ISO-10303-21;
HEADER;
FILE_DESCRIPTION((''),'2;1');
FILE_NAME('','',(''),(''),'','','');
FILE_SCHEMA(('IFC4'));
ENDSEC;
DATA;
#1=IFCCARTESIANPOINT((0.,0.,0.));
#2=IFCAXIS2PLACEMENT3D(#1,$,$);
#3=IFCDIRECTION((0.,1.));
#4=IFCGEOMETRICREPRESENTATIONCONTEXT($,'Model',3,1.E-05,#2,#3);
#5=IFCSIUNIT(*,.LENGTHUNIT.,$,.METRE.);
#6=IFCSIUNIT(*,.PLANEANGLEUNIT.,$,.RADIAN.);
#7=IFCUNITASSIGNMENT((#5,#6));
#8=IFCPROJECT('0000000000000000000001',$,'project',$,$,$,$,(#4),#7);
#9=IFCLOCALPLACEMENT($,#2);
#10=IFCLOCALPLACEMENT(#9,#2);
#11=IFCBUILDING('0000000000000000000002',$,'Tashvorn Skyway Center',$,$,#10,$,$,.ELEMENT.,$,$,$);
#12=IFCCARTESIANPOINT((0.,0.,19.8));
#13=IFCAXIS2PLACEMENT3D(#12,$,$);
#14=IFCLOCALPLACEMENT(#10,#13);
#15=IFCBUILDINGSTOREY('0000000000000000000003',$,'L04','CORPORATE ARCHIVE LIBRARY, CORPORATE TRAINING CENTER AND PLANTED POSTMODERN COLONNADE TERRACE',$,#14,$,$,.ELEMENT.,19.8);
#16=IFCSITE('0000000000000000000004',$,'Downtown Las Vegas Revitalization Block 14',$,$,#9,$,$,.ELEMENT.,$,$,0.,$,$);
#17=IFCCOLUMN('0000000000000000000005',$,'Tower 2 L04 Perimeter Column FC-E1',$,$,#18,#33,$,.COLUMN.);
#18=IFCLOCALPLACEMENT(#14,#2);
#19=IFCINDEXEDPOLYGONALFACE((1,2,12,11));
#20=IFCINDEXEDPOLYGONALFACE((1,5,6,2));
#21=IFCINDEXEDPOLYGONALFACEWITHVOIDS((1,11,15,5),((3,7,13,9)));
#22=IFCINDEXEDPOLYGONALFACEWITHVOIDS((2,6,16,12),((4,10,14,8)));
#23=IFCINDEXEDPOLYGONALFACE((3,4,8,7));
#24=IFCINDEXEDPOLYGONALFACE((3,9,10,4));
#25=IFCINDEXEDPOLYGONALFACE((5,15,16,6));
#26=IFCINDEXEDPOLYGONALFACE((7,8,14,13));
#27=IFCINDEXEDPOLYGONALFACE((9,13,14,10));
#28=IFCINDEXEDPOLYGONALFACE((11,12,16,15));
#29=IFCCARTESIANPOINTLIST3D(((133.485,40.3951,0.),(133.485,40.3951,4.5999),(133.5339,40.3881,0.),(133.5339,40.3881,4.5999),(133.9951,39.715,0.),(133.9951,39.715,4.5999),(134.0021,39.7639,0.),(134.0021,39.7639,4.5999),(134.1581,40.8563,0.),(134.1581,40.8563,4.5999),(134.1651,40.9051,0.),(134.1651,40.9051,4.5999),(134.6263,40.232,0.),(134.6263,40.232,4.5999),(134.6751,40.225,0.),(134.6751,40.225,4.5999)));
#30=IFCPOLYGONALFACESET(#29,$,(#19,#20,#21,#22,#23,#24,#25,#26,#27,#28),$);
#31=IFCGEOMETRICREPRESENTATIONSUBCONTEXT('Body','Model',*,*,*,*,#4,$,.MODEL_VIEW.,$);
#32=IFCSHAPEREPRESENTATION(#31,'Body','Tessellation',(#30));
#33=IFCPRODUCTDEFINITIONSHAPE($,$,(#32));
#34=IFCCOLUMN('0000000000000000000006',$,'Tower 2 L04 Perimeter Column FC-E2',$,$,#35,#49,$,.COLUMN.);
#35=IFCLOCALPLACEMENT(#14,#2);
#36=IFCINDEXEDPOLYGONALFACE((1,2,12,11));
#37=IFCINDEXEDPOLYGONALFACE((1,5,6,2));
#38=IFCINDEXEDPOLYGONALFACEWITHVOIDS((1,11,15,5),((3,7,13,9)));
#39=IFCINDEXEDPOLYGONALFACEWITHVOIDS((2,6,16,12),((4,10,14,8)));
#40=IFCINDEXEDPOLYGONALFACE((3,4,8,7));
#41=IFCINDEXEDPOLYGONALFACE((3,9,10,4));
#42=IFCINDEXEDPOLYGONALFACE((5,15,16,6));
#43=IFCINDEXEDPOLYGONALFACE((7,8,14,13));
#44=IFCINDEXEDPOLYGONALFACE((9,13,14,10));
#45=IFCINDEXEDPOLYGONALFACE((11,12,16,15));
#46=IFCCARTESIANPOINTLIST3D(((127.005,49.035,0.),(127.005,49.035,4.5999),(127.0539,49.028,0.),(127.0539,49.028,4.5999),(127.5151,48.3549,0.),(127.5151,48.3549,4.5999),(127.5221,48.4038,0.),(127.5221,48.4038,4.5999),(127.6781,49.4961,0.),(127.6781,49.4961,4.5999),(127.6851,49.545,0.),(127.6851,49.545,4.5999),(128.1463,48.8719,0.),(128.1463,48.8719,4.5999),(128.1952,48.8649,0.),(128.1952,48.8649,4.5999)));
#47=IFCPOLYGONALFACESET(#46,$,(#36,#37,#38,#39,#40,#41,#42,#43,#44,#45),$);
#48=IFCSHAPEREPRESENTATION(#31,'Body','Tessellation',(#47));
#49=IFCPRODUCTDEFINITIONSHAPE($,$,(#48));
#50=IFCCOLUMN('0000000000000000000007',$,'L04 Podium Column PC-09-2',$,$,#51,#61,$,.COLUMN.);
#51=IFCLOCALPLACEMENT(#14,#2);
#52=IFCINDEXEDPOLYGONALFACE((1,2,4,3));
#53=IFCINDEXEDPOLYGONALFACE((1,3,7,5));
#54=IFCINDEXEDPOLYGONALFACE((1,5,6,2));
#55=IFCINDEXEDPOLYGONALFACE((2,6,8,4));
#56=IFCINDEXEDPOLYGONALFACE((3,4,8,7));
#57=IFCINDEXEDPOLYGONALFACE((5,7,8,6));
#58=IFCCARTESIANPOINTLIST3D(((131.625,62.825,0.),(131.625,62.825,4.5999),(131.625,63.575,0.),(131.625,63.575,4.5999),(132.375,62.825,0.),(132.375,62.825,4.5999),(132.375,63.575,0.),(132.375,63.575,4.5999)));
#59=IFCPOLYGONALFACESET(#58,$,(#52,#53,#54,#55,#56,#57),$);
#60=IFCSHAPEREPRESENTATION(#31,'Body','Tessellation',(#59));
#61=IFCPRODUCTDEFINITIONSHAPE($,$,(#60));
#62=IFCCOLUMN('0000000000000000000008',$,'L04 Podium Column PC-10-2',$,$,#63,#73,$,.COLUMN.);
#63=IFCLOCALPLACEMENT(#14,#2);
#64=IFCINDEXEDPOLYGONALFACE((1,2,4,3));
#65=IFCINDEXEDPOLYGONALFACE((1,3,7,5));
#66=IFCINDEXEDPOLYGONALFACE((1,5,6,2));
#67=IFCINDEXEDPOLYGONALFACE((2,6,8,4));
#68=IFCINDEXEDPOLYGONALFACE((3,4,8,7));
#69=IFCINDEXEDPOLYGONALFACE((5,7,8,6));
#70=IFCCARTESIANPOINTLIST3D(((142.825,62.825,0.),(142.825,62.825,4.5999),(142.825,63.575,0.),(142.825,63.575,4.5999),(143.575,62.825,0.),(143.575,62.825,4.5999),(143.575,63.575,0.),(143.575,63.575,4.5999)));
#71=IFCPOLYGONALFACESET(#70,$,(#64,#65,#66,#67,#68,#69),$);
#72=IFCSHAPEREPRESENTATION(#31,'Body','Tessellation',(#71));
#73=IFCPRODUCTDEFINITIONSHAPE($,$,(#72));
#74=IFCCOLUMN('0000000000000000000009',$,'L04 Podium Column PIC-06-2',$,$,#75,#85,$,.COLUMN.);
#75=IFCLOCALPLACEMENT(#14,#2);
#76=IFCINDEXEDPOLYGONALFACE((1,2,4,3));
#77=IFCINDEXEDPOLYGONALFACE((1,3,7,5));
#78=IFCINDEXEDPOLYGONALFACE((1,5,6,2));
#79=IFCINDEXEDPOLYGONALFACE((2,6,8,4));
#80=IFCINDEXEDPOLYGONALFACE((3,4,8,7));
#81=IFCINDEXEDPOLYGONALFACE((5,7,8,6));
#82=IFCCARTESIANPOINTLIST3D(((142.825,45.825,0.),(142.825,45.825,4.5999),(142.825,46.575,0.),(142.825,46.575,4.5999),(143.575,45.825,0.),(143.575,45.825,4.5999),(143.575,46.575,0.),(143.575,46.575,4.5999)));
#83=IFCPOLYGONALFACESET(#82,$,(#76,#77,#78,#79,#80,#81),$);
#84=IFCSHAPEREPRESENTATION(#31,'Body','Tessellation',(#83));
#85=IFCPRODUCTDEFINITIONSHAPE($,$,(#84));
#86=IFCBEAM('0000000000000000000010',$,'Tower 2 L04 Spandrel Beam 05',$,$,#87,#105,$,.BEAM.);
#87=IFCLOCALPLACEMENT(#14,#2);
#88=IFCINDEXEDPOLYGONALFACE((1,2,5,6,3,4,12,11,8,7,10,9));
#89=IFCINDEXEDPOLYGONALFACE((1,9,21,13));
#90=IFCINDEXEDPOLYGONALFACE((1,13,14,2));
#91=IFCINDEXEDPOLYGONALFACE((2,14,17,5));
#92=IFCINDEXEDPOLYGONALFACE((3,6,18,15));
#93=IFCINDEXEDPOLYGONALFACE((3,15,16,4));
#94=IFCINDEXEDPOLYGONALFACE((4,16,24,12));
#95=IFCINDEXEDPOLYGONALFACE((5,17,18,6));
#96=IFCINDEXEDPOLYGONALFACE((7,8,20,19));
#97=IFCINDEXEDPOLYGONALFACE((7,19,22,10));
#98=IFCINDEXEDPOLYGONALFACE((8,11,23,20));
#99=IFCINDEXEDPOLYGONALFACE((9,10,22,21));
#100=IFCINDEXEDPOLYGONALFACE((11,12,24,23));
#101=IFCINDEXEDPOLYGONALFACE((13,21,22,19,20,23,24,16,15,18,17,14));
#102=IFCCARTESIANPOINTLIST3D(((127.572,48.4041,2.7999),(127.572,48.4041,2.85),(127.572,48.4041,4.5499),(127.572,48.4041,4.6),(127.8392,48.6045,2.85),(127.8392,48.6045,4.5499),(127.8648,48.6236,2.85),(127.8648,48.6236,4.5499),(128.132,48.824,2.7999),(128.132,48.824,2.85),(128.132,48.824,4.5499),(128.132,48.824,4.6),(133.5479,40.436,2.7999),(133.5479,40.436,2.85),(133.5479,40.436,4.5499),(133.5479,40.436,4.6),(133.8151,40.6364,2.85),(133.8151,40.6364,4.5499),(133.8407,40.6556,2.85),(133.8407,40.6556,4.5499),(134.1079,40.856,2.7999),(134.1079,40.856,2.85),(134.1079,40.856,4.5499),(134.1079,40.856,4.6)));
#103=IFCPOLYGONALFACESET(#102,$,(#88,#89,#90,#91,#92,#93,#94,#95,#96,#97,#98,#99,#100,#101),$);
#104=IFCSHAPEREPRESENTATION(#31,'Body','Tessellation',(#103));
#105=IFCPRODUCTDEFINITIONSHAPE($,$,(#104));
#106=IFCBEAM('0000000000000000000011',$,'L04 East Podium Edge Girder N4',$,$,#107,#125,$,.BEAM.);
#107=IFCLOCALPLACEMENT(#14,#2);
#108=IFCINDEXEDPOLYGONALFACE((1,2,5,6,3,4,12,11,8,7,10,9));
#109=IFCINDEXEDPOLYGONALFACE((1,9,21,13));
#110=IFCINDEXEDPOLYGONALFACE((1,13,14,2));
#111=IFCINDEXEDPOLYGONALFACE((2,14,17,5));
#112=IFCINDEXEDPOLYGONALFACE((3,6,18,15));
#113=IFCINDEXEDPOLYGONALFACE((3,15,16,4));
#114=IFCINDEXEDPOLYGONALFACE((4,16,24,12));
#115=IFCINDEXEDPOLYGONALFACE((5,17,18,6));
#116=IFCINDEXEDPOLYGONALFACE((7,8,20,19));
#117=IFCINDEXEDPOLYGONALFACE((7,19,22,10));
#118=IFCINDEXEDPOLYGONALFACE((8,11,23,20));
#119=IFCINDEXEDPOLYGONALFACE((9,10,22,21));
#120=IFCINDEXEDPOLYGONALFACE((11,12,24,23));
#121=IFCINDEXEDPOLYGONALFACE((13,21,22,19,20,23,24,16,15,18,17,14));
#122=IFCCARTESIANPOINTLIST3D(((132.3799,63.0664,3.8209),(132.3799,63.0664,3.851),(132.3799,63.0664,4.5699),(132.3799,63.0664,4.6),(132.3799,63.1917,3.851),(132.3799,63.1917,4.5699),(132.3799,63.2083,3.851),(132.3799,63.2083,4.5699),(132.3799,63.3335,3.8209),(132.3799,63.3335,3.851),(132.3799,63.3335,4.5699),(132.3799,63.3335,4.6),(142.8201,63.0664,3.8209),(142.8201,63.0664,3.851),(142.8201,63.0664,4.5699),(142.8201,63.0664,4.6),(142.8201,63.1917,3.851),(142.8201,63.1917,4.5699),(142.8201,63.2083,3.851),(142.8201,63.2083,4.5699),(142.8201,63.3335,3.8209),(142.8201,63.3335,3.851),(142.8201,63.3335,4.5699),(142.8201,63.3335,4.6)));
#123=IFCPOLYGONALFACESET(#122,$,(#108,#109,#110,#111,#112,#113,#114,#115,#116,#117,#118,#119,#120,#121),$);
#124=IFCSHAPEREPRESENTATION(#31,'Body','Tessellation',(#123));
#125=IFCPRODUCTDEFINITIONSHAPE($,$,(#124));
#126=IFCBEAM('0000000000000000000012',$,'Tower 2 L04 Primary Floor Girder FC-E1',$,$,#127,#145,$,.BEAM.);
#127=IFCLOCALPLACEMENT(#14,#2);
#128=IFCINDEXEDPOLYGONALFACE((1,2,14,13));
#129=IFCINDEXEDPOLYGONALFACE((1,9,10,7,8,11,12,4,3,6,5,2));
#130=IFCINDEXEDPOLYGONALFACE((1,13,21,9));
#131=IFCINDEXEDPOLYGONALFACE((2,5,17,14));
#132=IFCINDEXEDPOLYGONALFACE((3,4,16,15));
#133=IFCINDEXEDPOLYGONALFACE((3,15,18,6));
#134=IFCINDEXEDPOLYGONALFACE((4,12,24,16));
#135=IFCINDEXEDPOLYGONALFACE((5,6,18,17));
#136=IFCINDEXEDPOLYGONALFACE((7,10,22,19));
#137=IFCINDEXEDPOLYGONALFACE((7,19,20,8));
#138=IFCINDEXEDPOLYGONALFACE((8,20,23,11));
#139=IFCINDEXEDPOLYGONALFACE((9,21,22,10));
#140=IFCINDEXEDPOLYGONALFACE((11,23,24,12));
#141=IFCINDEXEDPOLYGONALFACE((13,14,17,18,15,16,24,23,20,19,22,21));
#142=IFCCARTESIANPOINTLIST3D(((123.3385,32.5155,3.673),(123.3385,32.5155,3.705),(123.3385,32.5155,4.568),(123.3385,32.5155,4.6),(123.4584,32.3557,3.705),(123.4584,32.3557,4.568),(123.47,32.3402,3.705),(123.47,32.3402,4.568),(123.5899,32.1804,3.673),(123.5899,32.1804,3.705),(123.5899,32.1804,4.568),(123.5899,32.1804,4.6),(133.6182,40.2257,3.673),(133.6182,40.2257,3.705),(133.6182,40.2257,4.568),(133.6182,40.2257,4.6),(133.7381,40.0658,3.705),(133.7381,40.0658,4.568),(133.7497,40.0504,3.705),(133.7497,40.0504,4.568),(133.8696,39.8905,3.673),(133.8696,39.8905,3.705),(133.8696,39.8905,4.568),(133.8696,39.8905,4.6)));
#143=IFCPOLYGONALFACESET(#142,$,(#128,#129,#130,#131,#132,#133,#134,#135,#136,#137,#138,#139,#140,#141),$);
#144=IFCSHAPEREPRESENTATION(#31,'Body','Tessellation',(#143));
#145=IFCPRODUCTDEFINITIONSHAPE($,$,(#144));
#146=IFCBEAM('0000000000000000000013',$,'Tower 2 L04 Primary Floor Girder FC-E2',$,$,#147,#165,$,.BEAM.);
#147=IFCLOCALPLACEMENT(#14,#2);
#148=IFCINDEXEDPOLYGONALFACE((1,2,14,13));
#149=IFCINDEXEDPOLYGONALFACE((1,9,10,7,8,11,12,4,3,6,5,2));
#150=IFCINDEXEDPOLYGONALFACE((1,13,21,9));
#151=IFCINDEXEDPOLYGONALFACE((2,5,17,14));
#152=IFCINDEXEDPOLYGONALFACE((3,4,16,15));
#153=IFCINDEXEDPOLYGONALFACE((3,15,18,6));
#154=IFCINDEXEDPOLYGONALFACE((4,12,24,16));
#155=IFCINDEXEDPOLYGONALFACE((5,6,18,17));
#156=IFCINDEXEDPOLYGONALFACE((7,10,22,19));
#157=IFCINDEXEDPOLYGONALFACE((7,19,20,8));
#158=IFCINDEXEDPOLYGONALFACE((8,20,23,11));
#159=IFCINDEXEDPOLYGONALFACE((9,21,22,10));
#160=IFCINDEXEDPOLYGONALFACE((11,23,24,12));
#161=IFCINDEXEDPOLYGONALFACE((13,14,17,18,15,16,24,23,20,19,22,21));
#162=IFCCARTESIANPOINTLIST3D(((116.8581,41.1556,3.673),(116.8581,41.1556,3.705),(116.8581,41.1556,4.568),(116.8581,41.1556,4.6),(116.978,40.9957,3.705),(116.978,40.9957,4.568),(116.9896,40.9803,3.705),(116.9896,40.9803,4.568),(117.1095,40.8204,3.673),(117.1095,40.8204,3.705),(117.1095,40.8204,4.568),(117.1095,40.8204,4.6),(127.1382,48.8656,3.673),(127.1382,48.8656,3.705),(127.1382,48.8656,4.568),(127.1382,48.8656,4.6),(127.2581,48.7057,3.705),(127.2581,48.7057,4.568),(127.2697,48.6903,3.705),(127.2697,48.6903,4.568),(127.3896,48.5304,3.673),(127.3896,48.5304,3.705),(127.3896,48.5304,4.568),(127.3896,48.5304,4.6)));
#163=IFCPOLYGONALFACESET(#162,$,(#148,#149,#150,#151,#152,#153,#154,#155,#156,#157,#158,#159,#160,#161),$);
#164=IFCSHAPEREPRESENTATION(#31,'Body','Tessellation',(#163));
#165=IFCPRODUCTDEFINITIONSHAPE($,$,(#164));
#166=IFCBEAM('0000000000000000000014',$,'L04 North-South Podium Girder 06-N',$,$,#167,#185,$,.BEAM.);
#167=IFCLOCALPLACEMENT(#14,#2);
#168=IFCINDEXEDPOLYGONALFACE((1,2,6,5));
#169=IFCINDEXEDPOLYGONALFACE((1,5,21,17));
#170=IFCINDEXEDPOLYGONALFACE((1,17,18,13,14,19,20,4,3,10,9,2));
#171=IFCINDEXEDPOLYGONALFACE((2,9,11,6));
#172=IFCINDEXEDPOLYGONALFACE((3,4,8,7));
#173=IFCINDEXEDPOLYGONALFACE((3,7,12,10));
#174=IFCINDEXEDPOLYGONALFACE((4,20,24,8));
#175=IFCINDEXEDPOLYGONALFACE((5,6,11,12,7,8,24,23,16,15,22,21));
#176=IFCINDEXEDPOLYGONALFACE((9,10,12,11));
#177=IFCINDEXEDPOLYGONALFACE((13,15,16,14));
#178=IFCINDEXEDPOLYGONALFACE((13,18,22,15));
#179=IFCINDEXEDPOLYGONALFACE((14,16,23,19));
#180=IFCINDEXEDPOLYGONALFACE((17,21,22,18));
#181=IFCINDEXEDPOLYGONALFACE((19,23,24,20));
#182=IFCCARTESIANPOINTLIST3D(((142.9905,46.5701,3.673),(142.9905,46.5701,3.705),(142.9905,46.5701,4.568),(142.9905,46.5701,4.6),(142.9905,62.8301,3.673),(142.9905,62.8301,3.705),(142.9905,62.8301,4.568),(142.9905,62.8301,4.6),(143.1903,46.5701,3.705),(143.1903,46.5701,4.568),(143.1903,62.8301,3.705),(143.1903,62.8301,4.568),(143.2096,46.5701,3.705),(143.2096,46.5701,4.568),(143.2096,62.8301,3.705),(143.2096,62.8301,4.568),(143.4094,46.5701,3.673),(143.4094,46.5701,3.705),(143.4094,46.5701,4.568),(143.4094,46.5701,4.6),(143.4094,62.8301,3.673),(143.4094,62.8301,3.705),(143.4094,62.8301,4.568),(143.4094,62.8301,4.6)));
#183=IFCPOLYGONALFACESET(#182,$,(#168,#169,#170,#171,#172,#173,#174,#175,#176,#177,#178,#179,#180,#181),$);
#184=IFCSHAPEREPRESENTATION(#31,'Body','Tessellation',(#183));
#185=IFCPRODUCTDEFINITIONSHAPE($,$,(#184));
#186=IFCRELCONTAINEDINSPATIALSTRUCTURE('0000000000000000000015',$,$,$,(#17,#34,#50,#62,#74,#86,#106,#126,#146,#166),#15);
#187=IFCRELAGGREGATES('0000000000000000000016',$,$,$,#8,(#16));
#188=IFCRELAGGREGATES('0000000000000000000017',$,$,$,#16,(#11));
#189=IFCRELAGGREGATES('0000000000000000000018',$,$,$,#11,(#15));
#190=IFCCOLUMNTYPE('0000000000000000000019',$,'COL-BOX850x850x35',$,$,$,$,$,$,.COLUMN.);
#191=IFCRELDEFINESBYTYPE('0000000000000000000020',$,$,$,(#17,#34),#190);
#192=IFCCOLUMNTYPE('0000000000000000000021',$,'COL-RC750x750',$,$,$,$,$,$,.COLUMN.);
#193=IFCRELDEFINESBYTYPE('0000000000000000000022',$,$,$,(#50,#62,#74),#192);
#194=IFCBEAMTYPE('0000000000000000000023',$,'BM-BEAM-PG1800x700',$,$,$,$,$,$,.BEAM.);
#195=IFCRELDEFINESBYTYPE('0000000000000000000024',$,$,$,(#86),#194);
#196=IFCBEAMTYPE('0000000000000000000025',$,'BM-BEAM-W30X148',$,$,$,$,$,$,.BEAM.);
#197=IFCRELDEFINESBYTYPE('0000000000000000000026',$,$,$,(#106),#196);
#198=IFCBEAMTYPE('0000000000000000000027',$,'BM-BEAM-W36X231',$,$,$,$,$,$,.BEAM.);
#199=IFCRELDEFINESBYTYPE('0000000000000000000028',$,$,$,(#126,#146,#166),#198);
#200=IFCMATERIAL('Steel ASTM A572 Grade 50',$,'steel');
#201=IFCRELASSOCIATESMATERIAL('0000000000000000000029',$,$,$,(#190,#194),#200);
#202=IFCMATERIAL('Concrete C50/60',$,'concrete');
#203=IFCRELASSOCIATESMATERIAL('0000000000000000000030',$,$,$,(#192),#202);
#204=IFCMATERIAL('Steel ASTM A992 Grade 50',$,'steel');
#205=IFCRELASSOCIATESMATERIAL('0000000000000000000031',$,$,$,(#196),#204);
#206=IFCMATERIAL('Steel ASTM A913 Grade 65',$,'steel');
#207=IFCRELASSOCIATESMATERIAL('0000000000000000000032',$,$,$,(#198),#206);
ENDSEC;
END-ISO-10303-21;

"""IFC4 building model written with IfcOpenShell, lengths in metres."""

from ifc_helpers import new_model, si_unit, direction, frame, origin, origin_2d, place, context, subcontext, project, spatial, rectangle, hollow_rectangle, i_section, extrude, material, material_profile, profile_set, type_object, element, save


model = new_model("IFC4")

# Units and contexts
model_context = context("Model", 3, precision=1e-05, world=origin(), true_north=direction((0.0, 1.0)))
body_context = subcontext(model_context, "Body", "Model", "MODEL_VIEW")
ifc_project = project(units=[si_unit("LENGTHUNIT", "METRE"), si_unit("PLANEANGLEUNIT", "RADIAN")], contexts=[model_context])

# Site, building, storey
site_placement = place(None, origin())
site = spatial("IfcSite", under=ifc_project, at=site_placement, Name="Downtown Las Vegas Revitalization Block 14", CompositionType="ELEMENT", RefElevation=0.0)
building_placement = place(site_placement, origin())
building = spatial("IfcBuilding", under=site, at=building_placement, Name="Tashvorn Skyway Center", CompositionType="ELEMENT")
storey_placement = place(building_placement, frame((0.0, 0.0, 19.8)))
storey = spatial("IfcBuildingStorey", under=building, at=storey_placement, Name="L04", Description="CORPORATE ARCHIVE LIBRARY, CORPORATE TRAINING CENTER AND PLANTED POSTMODERN COLONNADE TERRACE", CompositionType="ELEMENT", Elevation=19.8)

# Columns
ifc_material_1 = material(Name="Steel ASTM A572 Grade 50", Category="steel")
ifc_material_profile_1 = material_profile(ifc_material_1, hollow_rectangle(XDim=0.8501, YDim=0.8501, WallThickness=0.0349, at=origin_2d()), Name="BOX850x850x35")
ifc_profile_set_1 = profile_set([ifc_material_profile_1], Name="Steel ASTM A572 Grade 50")
column_type_1 = type_object("IfcColumnType", Name="COL-BOX850x850x35", PredefinedType="COLUMN", material=ifc_profile_set_1)
for number, where, z_axis, x_axis, name in (
    (1, (134.0801, 40.3101, 0.0), (0.0, 0.0, 1.0), (0.8, 0.6, 0.0), "Tower 2 L04 Perimeter Column FC-E1"),
    (2, (127.6001, 48.95, 0.0), (0.0, 0.0, 1.0), (0.8, 0.6, 0.0), "Tower 2 L04 Perimeter Column FC-E2"),
):
    element("IfcColumn", number, at=place(storey_placement, frame(where, z_axis=z_axis, x_axis=x_axis)), inside=storey, type_object=column_type_1, Name=name, PredefinedType="COLUMN", context=body_context, shape_type="SweptSolid", body=[
        extrude(hollow_rectangle(XDim=0.8501, YDim=0.8501, WallThickness=0.0349, at=origin_2d()), origin(), (0.0, 0.0, 1.0), 4.5999),
    ])
ifc_material_2 = material(Name="Concrete C50/60", Category="concrete")
ifc_material_profile_2 = material_profile(ifc_material_2, rectangle(XDim=0.75, YDim=0.75, at=origin_2d()), Name="RC750x750")
ifc_profile_set_2 = profile_set([ifc_material_profile_2], Name="Concrete C50/60")
column_type_2 = type_object("IfcColumnType", Name="COL-RC750x750", PredefinedType="COLUMN", material=ifc_profile_set_2)
for number, where, z_axis, x_axis, name in (
    (3, (132.0, 63.2, 0.0), (0.0, 0.0, 1.0), (1.0, 0.0, 0.0), "L04 Podium Column PC-09-2"),
    (4, (143.2, 63.2, 0.0), (0.0, 0.0, 1.0), (1.0, 0.0, 0.0), "L04 Podium Column PC-10-2"),
    (5, (143.2, 46.2, 0.0), (0.0, 0.0, 1.0), (1.0, 0.0, 0.0), "L04 Podium Column PIC-06-2"),
):
    element("IfcColumn", number, at=place(storey_placement, frame(where, z_axis=z_axis, x_axis=x_axis)), inside=storey, type_object=column_type_2, Name=name, PredefinedType="COLUMN", context=body_context, shape_type="SweptSolid", body=[
        extrude(rectangle(XDim=0.75, YDim=0.75, at=origin_2d()), origin(), (0.0, 0.0, 1.0), 4.5999),
    ])

# Beams
ifc_material_profile_3 = material_profile(ifc_material_1, i_section(OverallWidth=0.7, OverallDepth=1.8, WebThickness=0.032, FlangeThickness=0.05, at=origin_2d()), Name="PG1800x700")
ifc_profile_set_3 = profile_set([ifc_material_profile_3], Name="Steel ASTM A572 Grade 50")
beam_type_1 = type_object("IfcBeamType", Name="BM-BEAM-PG1800x700", PredefinedType="BEAM", material=ifc_profile_set_3)
beam_1_placement = place(storey_placement, frame((133.8279, 40.646, 3.7), z_axis=(-0.599988, 0.800009, 0.0), x_axis=(-0.800009, -0.599988, 0.0)))
element("IfcBeam", 6, at=beam_1_placement, inside=storey, type_object=beam_type_1, Name="Tower 2 L04 Spandrel Beam 05", PredefinedType="BEAM", context=body_context, shape_type="SweptSolid", body=[
    extrude(i_section(OverallWidth=0.7, OverallDepth=1.8, WebThickness=0.032, FlangeThickness=0.05, at=origin_2d()), origin(), (0.0, 0.0, 1.0), 9.96),
])
ifc_material_3 = material(Name="Steel ASTM A992 Grade 50", Category="steel")
ifc_material_profile_4 = material_profile(ifc_material_3, i_section(OverallWidth=0.2671, OverallDepth=0.7791, WebThickness=0.0166, FlangeThickness=0.03, at=origin_2d()), Name="W30X148")
ifc_profile_set_4 = profile_set([ifc_material_profile_4], Name="Steel ASTM A992 Grade 50")
beam_type_2 = type_object("IfcBeamType", Name="BM-BEAM-W30X148", PredefinedType="BEAM", material=ifc_profile_set_4)
beam_2_placement = place(storey_placement, frame((132.3799, 63.2, 4.2104), z_axis=(1.0, 0.0, 0.0), x_axis=(0.0, 1.0, 0.0)))
element("IfcBeam", 7, at=beam_2_placement, inside=storey, type_object=beam_type_2, Name="L04 East Podium Edge Girder N4", PredefinedType="BEAM", context=body_context, shape_type="SweptSolid", body=[
    extrude(i_section(OverallWidth=0.2671, OverallDepth=0.7791, WebThickness=0.0166, FlangeThickness=0.03, at=origin_2d()), origin(), (0.0, 0.0, 1.0), 10.4402),
])
ifc_material_4 = material(Name="Steel ASTM A913 Grade 65", Category="steel")
ifc_material_profile_5 = material_profile(ifc_material_4, i_section(OverallWidth=0.4189, OverallDepth=0.927, WebThickness=0.0193, FlangeThickness=0.032, at=origin_2d()), Name="W36X231")
ifc_profile_set_5 = profile_set([ifc_material_profile_5], Name="Steel ASTM A913 Grade 65")
beam_type_3 = type_object("IfcBeamType", Name="BM-BEAM-W36X231", PredefinedType="BEAM", material=ifc_profile_set_5)
beam_3_placement = place(storey_placement, frame((133.7439, 40.0581, 4.1365), z_axis=(-0.799986, -0.600018, 0.0), x_axis=(0.600018, -0.799986, 0.0)))
element("IfcBeam", 8, at=beam_3_placement, inside=storey, type_object=beam_type_3, Name="Tower 2 L04 Primary Floor Girder FC-E1", PredefinedType="BEAM", context=body_context, shape_type="SweptSolid", body=[
    extrude(i_section(OverallWidth=0.4189, OverallDepth=0.927, WebThickness=0.0193, FlangeThickness=0.032, at=origin_2d()), origin(), (0.0, 0.0, 1.0), 12.8499),
])
beam_4_placement = place(storey_placement, frame((127.2639, 48.698, 4.1365), z_axis=(-0.800002, -0.599997, 0.0), x_axis=(0.599997, -0.800002, 0.0)))
element("IfcBeam", 9, at=beam_4_placement, inside=storey, type_object=beam_type_3, Name="Tower 2 L04 Primary Floor Girder FC-E2", PredefinedType="BEAM", context=body_context, shape_type="SweptSolid", body=[
    extrude(i_section(OverallWidth=0.4189, OverallDepth=0.927, WebThickness=0.0193, FlangeThickness=0.032, at=origin_2d()), origin(), (0.0, 0.0, 1.0), 12.8501),
])
beam_5_placement = place(storey_placement, frame((143.2, 46.5701, 4.1365), z_axis=(0.0, 1.0, 0.0), x_axis=(-1.0, 0.0, 0.0)))
element("IfcBeam", 10, at=beam_5_placement, inside=storey, type_object=beam_type_3, Name="L04 North-South Podium Girder 06-N", PredefinedType="BEAM", context=body_context, shape_type="SweptSolid", body=[
    extrude(i_section(OverallWidth=0.4189, OverallDepth=0.927, WebThickness=0.0193, FlangeThickness=0.032, at=origin_2d()), origin(), (0.0, 0.0, 1.0), 16.26),
])

save(model, "model.ifc")
